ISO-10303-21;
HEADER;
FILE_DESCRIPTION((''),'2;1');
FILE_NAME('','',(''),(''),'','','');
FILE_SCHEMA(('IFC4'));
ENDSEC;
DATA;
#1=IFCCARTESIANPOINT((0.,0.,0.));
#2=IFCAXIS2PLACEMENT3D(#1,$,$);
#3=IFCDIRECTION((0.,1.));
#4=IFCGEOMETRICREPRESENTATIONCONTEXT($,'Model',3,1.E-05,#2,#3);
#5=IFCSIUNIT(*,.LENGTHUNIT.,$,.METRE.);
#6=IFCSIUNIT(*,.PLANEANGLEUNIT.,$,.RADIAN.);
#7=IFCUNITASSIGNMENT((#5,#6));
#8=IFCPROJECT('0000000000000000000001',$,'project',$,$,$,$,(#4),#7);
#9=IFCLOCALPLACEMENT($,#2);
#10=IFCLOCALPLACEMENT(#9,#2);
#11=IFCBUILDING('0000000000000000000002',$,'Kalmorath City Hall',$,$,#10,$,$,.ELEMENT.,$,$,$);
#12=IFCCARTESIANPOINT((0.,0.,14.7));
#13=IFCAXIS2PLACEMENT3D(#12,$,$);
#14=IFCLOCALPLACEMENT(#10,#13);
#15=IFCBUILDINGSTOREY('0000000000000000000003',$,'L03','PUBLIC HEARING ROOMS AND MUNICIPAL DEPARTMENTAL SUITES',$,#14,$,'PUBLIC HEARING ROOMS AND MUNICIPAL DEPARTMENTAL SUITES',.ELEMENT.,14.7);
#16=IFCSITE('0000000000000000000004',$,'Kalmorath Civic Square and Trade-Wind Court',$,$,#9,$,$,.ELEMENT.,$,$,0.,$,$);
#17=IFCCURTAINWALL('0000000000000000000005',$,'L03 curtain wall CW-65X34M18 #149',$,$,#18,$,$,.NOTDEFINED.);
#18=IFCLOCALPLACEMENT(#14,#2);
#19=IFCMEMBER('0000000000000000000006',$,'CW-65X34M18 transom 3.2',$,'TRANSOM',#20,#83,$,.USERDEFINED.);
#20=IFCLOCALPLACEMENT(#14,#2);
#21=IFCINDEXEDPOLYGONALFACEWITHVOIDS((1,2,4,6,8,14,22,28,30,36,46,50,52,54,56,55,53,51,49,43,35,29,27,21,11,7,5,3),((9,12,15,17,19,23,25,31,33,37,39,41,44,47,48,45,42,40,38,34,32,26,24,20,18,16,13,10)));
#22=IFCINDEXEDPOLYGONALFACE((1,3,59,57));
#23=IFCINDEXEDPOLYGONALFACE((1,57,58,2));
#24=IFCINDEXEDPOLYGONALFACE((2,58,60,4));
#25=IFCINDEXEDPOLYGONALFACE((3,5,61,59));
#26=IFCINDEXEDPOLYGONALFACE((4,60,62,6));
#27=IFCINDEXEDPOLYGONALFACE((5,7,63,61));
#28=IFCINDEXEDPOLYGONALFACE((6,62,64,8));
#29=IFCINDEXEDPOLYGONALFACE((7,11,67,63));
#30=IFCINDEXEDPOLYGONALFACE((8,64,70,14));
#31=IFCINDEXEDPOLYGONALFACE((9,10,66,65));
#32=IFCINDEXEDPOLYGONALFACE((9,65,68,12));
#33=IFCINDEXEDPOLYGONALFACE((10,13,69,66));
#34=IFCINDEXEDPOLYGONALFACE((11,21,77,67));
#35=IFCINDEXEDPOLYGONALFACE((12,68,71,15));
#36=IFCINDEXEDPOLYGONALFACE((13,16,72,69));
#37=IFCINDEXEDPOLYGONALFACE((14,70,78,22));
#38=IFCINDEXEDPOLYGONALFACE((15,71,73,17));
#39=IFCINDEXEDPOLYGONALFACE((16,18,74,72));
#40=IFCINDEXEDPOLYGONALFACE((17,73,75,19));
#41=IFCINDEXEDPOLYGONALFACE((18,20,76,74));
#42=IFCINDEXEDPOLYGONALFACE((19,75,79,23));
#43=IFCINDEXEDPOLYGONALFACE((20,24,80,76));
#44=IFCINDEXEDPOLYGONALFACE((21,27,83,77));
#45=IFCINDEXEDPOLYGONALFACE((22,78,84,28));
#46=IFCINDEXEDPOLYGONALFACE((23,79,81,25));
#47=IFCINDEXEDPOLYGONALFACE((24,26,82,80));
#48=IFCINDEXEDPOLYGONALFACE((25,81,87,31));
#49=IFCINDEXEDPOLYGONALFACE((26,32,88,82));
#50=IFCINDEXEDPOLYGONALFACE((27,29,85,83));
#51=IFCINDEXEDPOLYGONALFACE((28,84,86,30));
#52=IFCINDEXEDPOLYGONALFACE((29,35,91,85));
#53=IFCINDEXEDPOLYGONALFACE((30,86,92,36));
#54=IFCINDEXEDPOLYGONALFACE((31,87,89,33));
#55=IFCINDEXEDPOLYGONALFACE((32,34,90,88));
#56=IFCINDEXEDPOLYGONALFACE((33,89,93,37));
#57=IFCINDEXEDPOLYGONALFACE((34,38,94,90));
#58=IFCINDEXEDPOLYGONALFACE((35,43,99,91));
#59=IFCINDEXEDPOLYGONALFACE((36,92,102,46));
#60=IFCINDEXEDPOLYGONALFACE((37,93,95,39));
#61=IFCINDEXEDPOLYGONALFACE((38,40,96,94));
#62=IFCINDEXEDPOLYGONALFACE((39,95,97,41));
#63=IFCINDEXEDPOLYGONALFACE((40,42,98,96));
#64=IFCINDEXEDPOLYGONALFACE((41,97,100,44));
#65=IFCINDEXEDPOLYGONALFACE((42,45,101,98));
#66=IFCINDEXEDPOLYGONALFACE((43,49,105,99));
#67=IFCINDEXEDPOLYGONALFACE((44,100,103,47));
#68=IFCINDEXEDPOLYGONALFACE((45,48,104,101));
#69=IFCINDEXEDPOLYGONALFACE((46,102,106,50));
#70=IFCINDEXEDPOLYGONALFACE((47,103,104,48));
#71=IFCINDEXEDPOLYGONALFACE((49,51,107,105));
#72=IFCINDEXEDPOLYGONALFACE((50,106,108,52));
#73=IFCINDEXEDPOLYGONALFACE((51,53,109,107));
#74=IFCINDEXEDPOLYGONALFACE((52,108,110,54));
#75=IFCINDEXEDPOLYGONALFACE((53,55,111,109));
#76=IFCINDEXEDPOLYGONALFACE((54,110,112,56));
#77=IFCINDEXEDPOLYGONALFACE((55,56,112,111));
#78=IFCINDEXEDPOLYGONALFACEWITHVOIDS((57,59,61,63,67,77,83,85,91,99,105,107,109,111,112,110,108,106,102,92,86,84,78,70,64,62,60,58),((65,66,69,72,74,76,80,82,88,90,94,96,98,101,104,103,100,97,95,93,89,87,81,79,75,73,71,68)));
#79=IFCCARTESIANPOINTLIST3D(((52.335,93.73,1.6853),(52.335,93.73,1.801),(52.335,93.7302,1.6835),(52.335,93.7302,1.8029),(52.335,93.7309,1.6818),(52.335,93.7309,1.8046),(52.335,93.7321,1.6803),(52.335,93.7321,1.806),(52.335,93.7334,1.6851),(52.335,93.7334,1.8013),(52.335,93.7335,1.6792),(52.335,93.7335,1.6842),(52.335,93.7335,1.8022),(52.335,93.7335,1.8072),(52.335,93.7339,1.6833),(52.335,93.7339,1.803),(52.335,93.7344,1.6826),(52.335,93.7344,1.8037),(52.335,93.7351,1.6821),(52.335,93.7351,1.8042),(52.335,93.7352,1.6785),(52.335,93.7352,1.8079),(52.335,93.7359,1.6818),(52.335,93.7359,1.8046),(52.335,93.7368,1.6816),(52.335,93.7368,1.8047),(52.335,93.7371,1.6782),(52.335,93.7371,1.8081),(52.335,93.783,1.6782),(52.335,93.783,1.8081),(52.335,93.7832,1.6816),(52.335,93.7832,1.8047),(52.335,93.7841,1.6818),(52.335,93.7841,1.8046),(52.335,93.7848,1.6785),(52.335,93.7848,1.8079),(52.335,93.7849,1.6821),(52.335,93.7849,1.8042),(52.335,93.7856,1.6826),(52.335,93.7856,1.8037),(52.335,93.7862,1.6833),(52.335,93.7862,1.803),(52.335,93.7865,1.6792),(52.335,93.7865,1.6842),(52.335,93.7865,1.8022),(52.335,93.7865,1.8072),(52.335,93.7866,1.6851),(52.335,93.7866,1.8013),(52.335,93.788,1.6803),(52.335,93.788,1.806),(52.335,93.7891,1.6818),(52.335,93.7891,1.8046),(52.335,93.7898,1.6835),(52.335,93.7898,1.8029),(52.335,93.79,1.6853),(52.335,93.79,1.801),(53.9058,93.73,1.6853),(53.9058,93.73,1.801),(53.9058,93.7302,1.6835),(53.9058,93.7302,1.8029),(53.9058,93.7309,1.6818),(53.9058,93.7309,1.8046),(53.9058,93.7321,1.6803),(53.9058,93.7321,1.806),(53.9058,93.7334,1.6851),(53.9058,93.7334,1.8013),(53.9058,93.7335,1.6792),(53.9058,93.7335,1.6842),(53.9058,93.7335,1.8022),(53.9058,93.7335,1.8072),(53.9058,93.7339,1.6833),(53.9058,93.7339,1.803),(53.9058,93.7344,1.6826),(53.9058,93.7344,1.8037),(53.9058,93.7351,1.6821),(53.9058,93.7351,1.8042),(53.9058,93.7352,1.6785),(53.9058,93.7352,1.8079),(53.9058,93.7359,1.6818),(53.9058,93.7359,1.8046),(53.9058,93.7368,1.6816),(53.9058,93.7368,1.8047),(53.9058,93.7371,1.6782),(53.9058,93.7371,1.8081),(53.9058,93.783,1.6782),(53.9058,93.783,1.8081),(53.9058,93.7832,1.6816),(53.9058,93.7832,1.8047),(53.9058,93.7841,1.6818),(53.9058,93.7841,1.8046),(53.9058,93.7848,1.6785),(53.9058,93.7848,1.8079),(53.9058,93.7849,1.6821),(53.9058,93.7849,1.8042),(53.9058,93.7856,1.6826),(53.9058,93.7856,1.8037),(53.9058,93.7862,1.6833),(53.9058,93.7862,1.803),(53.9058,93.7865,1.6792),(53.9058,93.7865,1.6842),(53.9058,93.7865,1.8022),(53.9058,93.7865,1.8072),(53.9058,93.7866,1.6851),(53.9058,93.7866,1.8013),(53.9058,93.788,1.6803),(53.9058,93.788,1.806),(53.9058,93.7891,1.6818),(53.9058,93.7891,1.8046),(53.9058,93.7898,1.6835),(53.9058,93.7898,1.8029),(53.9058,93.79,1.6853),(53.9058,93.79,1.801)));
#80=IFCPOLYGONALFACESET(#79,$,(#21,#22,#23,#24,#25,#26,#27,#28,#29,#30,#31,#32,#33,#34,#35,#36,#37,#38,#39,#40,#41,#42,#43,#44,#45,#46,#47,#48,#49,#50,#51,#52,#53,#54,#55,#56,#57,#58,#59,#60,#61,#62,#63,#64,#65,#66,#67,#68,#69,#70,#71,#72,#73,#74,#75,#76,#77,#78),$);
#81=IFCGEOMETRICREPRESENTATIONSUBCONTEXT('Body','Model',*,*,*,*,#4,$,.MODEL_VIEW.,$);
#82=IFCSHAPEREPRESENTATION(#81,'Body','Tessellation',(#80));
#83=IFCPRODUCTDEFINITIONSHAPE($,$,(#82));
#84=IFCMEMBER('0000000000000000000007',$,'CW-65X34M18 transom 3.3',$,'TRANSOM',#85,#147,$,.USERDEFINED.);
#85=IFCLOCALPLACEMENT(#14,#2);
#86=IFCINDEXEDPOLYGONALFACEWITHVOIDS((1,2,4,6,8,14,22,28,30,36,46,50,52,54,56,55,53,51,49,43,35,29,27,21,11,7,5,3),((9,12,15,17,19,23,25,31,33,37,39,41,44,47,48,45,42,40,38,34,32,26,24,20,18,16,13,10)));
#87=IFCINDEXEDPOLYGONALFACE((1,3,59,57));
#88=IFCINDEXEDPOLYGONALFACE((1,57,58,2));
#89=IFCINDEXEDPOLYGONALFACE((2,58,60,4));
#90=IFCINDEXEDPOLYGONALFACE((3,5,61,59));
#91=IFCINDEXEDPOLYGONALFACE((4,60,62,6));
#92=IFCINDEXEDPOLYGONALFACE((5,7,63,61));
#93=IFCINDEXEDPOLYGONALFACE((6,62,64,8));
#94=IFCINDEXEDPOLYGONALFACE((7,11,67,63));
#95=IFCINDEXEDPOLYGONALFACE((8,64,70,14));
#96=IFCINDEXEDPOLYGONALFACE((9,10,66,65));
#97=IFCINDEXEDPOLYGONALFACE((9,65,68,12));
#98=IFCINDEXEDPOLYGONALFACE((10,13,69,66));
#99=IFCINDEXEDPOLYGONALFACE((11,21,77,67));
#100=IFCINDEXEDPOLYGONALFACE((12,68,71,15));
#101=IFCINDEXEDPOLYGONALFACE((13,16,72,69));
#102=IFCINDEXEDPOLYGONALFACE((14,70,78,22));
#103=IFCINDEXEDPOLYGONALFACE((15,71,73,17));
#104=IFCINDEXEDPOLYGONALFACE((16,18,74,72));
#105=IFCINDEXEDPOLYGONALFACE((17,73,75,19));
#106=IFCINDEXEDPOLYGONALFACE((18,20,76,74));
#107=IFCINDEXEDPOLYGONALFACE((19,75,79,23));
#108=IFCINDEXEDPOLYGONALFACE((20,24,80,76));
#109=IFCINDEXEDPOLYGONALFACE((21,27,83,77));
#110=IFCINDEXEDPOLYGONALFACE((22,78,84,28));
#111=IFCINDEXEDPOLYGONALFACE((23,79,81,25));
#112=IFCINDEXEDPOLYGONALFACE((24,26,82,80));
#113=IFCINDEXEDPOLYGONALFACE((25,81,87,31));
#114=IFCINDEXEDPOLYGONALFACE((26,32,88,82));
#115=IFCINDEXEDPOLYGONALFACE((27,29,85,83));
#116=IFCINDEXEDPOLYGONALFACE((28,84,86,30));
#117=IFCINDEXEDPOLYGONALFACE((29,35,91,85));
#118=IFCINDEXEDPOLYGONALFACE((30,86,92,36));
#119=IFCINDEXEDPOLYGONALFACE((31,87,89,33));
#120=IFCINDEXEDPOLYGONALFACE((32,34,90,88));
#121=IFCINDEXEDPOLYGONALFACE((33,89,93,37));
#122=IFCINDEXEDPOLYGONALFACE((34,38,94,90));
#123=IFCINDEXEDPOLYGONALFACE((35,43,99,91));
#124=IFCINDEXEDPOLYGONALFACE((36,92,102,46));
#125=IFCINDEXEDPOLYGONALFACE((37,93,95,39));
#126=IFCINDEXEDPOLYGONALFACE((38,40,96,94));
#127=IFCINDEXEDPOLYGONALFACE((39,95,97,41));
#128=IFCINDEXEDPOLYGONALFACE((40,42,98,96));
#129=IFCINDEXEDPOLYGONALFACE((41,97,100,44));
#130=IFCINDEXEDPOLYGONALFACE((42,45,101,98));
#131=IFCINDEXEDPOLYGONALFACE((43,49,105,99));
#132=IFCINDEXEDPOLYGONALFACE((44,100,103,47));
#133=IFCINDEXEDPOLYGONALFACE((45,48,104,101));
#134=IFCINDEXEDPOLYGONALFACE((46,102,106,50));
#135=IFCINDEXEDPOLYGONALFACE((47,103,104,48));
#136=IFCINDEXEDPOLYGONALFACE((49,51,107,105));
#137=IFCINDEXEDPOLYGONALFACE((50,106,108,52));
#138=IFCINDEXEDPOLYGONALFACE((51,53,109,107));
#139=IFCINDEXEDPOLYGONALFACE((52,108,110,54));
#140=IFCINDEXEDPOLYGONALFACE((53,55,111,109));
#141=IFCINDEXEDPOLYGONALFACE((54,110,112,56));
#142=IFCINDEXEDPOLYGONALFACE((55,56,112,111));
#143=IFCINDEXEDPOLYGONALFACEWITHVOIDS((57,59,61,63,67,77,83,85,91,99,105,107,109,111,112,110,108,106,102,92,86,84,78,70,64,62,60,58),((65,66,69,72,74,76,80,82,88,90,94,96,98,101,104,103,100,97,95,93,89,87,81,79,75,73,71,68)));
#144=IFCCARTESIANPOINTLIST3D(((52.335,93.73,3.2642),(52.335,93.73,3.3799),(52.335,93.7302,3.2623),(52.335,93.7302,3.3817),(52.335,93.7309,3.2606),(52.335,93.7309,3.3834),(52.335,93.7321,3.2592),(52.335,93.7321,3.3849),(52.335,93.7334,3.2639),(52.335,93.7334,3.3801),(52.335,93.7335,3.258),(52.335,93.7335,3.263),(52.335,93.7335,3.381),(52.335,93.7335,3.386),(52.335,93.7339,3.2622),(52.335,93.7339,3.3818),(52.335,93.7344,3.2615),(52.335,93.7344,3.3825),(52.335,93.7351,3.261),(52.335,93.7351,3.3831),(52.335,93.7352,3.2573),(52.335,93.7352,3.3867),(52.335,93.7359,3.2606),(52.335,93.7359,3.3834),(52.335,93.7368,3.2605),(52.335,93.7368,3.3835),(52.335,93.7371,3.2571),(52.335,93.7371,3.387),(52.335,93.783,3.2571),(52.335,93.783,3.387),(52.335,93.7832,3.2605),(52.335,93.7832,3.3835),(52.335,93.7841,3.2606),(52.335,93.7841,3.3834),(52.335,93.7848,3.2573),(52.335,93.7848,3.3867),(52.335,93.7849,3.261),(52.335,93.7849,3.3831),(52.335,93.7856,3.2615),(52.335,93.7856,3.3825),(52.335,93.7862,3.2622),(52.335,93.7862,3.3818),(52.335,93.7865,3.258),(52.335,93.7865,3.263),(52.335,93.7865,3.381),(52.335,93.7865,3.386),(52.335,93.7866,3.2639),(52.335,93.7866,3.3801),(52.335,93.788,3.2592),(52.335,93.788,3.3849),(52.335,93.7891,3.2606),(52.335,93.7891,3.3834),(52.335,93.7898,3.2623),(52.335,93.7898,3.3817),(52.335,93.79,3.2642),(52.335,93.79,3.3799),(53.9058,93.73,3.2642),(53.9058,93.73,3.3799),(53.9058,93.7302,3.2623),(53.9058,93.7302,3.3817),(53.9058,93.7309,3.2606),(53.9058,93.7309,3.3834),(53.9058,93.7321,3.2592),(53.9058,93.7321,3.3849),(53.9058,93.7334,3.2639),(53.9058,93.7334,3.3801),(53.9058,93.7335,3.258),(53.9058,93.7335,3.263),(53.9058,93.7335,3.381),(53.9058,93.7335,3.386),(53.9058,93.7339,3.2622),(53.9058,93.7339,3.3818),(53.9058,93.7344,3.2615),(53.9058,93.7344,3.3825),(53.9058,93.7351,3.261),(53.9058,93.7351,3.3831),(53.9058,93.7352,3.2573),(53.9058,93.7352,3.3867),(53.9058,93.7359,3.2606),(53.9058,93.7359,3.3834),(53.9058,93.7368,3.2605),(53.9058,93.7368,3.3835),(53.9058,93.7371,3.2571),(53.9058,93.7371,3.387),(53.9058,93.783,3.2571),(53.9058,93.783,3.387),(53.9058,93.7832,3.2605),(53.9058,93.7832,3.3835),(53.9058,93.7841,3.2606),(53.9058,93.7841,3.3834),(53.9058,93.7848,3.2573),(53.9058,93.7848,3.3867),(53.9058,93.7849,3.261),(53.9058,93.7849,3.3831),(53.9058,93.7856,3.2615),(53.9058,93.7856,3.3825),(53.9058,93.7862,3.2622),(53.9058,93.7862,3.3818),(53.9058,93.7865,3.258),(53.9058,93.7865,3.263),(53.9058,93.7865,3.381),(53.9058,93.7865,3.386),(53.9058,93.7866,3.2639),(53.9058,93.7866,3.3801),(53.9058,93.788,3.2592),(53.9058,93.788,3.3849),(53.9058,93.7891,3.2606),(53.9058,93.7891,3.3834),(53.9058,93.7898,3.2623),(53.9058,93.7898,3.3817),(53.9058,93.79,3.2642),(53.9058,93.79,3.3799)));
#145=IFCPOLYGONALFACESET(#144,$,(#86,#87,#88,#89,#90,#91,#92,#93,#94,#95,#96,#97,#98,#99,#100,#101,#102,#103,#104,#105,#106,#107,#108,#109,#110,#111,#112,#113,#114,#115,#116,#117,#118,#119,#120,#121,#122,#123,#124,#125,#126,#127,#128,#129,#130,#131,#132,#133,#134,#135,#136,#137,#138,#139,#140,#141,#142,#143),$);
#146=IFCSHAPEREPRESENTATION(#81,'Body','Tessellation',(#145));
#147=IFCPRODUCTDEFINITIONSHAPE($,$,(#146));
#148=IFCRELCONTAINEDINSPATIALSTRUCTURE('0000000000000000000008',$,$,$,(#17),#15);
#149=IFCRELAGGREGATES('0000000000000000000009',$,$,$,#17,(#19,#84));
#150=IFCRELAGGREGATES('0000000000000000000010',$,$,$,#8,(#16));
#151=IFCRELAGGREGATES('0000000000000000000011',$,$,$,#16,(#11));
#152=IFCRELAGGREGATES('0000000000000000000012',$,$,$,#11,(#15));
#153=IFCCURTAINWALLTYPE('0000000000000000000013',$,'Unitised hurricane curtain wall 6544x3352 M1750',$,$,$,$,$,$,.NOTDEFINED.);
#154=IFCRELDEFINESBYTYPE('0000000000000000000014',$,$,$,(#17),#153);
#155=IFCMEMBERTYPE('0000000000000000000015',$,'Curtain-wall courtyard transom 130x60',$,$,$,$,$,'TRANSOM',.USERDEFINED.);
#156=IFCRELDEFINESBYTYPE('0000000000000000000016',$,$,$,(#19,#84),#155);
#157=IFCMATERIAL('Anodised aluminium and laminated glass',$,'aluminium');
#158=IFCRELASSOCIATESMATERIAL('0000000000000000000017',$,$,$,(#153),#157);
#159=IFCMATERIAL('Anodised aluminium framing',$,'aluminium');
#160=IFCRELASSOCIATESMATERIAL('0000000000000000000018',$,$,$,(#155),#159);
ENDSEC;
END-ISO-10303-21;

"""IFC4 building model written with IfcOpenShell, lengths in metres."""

from ifc_helpers import new_model, si_unit, direction, frame, origin, origin_2d, place, context, subcontext, project, spatial, hollow_rectangle, extrude, material, material_profile, profile_set, type_object, element, aggregate, save


model = new_model("IFC4")

# Units and contexts
model_context = context("Model", 3, precision=1e-05, world=origin(), true_north=direction((0.0, 1.0)))
body_context = subcontext(model_context, "Body", "Model", "MODEL_VIEW")
ifc_project = project(units=[si_unit("LENGTHUNIT", "METRE"), si_unit("PLANEANGLEUNIT", "RADIAN")], contexts=[model_context])

# Site, building, storey
site_placement = place(None, origin())
site = spatial("IfcSite", under=ifc_project, at=site_placement, Name="Kalmorath Civic Square and Trade-Wind Court", CompositionType="ELEMENT", RefElevation=0.0)
building_placement = place(site_placement, origin())
building = spatial("IfcBuilding", under=site, at=building_placement, Name="Kalmorath City Hall", CompositionType="ELEMENT")
storey_placement = place(building_placement, frame((0.0, 0.0, 14.7)))
storey = spatial("IfcBuildingStorey", under=building, at=storey_placement, Name="L03", Description="PUBLIC HEARING ROOMS AND MUNICIPAL DEPARTMENTAL SUITES", LongName="PUBLIC HEARING ROOMS AND MUNICIPAL DEPARTMENTAL SUITES", CompositionType="ELEMENT", Elevation=14.7)

# Curtain wall, members
ifc_material_1 = material(Name="Anodised aluminium and laminated glass", Category="aluminium")
curtain_wall_type_1 = type_object("IfcCurtainWallType", Name="Unitised hurricane curtain wall 6544x3352 M1750", PredefinedType="NOTDEFINED", material=ifc_material_1)
curtain_wall_1_placement = place(storey_placement, origin())
curtain_wall_1 = element("IfcCurtainWall", 1, at=curtain_wall_1_placement, inside=storey, type_object=curtain_wall_type_1, Name="L03 curtain wall CW-65X34M18 #149", PredefinedType="NOTDEFINED")
ifc_material_2 = material(Name="Anodised aluminium framing", Category="aluminium")
ifc_material_profile_1 = material_profile(ifc_material_2, hollow_rectangle(XDim=0.0601, YDim=0.1299, WallThickness=0.0034, InnerFilletRadius=0.0034, OuterFilletRadius=0.0071, at=origin_2d()), Name="ALU-TRN-130X60X3.5")
ifc_profile_set_1 = profile_set([ifc_material_profile_1], Name="Anodised aluminium framing")
member_type_1 = type_object("IfcMemberType", Name="Curtain-wall courtyard transom 130x60", ElementType="TRANSOM", PredefinedType="USERDEFINED", material=ifc_profile_set_1)
member_1_placement = place(storey_placement, frame((53.9058, 93.76, 1.7432), z_axis=(-1.0, 0.0, 0.0), x_axis=(0.0, -1.0, 0.0)))
member_1 = element("IfcMember", 2, at=member_1_placement, type_object=member_type_1, Name="CW-65X34M18 transom 3.2", ObjectType="TRANSOM", PredefinedType="USERDEFINED", context=body_context, shape_type="SweptSolid", body=[
    extrude(hollow_rectangle(XDim=0.0601, YDim=0.1299, WallThickness=0.0034, InnerFilletRadius=0.0034, OuterFilletRadius=0.0071, at=origin_2d()), origin(), (0.0, 0.0, 1.0), 1.5708),
])
member_2_placement = place(storey_placement, frame((53.9058, 93.76, 3.322), z_axis=(-1.0, 0.0, 0.0), x_axis=(0.0, -1.0, 0.0)))
member_2 = element("IfcMember", 3, at=member_2_placement, type_object=member_type_1, Name="CW-65X34M18 transom 3.3", ObjectType="TRANSOM", PredefinedType="USERDEFINED", context=body_context, shape_type="SweptSolid", body=[
    extrude(hollow_rectangle(XDim=0.0601, YDim=0.1299, WallThickness=0.0034, InnerFilletRadius=0.0034, OuterFilletRadius=0.0071, at=origin_2d()), origin(), (0.0, 0.0, 1.0), 1.5708),
])

aggregate(curtain_wall_1, [member_1, member_2])

save(model, "model.ifc")
